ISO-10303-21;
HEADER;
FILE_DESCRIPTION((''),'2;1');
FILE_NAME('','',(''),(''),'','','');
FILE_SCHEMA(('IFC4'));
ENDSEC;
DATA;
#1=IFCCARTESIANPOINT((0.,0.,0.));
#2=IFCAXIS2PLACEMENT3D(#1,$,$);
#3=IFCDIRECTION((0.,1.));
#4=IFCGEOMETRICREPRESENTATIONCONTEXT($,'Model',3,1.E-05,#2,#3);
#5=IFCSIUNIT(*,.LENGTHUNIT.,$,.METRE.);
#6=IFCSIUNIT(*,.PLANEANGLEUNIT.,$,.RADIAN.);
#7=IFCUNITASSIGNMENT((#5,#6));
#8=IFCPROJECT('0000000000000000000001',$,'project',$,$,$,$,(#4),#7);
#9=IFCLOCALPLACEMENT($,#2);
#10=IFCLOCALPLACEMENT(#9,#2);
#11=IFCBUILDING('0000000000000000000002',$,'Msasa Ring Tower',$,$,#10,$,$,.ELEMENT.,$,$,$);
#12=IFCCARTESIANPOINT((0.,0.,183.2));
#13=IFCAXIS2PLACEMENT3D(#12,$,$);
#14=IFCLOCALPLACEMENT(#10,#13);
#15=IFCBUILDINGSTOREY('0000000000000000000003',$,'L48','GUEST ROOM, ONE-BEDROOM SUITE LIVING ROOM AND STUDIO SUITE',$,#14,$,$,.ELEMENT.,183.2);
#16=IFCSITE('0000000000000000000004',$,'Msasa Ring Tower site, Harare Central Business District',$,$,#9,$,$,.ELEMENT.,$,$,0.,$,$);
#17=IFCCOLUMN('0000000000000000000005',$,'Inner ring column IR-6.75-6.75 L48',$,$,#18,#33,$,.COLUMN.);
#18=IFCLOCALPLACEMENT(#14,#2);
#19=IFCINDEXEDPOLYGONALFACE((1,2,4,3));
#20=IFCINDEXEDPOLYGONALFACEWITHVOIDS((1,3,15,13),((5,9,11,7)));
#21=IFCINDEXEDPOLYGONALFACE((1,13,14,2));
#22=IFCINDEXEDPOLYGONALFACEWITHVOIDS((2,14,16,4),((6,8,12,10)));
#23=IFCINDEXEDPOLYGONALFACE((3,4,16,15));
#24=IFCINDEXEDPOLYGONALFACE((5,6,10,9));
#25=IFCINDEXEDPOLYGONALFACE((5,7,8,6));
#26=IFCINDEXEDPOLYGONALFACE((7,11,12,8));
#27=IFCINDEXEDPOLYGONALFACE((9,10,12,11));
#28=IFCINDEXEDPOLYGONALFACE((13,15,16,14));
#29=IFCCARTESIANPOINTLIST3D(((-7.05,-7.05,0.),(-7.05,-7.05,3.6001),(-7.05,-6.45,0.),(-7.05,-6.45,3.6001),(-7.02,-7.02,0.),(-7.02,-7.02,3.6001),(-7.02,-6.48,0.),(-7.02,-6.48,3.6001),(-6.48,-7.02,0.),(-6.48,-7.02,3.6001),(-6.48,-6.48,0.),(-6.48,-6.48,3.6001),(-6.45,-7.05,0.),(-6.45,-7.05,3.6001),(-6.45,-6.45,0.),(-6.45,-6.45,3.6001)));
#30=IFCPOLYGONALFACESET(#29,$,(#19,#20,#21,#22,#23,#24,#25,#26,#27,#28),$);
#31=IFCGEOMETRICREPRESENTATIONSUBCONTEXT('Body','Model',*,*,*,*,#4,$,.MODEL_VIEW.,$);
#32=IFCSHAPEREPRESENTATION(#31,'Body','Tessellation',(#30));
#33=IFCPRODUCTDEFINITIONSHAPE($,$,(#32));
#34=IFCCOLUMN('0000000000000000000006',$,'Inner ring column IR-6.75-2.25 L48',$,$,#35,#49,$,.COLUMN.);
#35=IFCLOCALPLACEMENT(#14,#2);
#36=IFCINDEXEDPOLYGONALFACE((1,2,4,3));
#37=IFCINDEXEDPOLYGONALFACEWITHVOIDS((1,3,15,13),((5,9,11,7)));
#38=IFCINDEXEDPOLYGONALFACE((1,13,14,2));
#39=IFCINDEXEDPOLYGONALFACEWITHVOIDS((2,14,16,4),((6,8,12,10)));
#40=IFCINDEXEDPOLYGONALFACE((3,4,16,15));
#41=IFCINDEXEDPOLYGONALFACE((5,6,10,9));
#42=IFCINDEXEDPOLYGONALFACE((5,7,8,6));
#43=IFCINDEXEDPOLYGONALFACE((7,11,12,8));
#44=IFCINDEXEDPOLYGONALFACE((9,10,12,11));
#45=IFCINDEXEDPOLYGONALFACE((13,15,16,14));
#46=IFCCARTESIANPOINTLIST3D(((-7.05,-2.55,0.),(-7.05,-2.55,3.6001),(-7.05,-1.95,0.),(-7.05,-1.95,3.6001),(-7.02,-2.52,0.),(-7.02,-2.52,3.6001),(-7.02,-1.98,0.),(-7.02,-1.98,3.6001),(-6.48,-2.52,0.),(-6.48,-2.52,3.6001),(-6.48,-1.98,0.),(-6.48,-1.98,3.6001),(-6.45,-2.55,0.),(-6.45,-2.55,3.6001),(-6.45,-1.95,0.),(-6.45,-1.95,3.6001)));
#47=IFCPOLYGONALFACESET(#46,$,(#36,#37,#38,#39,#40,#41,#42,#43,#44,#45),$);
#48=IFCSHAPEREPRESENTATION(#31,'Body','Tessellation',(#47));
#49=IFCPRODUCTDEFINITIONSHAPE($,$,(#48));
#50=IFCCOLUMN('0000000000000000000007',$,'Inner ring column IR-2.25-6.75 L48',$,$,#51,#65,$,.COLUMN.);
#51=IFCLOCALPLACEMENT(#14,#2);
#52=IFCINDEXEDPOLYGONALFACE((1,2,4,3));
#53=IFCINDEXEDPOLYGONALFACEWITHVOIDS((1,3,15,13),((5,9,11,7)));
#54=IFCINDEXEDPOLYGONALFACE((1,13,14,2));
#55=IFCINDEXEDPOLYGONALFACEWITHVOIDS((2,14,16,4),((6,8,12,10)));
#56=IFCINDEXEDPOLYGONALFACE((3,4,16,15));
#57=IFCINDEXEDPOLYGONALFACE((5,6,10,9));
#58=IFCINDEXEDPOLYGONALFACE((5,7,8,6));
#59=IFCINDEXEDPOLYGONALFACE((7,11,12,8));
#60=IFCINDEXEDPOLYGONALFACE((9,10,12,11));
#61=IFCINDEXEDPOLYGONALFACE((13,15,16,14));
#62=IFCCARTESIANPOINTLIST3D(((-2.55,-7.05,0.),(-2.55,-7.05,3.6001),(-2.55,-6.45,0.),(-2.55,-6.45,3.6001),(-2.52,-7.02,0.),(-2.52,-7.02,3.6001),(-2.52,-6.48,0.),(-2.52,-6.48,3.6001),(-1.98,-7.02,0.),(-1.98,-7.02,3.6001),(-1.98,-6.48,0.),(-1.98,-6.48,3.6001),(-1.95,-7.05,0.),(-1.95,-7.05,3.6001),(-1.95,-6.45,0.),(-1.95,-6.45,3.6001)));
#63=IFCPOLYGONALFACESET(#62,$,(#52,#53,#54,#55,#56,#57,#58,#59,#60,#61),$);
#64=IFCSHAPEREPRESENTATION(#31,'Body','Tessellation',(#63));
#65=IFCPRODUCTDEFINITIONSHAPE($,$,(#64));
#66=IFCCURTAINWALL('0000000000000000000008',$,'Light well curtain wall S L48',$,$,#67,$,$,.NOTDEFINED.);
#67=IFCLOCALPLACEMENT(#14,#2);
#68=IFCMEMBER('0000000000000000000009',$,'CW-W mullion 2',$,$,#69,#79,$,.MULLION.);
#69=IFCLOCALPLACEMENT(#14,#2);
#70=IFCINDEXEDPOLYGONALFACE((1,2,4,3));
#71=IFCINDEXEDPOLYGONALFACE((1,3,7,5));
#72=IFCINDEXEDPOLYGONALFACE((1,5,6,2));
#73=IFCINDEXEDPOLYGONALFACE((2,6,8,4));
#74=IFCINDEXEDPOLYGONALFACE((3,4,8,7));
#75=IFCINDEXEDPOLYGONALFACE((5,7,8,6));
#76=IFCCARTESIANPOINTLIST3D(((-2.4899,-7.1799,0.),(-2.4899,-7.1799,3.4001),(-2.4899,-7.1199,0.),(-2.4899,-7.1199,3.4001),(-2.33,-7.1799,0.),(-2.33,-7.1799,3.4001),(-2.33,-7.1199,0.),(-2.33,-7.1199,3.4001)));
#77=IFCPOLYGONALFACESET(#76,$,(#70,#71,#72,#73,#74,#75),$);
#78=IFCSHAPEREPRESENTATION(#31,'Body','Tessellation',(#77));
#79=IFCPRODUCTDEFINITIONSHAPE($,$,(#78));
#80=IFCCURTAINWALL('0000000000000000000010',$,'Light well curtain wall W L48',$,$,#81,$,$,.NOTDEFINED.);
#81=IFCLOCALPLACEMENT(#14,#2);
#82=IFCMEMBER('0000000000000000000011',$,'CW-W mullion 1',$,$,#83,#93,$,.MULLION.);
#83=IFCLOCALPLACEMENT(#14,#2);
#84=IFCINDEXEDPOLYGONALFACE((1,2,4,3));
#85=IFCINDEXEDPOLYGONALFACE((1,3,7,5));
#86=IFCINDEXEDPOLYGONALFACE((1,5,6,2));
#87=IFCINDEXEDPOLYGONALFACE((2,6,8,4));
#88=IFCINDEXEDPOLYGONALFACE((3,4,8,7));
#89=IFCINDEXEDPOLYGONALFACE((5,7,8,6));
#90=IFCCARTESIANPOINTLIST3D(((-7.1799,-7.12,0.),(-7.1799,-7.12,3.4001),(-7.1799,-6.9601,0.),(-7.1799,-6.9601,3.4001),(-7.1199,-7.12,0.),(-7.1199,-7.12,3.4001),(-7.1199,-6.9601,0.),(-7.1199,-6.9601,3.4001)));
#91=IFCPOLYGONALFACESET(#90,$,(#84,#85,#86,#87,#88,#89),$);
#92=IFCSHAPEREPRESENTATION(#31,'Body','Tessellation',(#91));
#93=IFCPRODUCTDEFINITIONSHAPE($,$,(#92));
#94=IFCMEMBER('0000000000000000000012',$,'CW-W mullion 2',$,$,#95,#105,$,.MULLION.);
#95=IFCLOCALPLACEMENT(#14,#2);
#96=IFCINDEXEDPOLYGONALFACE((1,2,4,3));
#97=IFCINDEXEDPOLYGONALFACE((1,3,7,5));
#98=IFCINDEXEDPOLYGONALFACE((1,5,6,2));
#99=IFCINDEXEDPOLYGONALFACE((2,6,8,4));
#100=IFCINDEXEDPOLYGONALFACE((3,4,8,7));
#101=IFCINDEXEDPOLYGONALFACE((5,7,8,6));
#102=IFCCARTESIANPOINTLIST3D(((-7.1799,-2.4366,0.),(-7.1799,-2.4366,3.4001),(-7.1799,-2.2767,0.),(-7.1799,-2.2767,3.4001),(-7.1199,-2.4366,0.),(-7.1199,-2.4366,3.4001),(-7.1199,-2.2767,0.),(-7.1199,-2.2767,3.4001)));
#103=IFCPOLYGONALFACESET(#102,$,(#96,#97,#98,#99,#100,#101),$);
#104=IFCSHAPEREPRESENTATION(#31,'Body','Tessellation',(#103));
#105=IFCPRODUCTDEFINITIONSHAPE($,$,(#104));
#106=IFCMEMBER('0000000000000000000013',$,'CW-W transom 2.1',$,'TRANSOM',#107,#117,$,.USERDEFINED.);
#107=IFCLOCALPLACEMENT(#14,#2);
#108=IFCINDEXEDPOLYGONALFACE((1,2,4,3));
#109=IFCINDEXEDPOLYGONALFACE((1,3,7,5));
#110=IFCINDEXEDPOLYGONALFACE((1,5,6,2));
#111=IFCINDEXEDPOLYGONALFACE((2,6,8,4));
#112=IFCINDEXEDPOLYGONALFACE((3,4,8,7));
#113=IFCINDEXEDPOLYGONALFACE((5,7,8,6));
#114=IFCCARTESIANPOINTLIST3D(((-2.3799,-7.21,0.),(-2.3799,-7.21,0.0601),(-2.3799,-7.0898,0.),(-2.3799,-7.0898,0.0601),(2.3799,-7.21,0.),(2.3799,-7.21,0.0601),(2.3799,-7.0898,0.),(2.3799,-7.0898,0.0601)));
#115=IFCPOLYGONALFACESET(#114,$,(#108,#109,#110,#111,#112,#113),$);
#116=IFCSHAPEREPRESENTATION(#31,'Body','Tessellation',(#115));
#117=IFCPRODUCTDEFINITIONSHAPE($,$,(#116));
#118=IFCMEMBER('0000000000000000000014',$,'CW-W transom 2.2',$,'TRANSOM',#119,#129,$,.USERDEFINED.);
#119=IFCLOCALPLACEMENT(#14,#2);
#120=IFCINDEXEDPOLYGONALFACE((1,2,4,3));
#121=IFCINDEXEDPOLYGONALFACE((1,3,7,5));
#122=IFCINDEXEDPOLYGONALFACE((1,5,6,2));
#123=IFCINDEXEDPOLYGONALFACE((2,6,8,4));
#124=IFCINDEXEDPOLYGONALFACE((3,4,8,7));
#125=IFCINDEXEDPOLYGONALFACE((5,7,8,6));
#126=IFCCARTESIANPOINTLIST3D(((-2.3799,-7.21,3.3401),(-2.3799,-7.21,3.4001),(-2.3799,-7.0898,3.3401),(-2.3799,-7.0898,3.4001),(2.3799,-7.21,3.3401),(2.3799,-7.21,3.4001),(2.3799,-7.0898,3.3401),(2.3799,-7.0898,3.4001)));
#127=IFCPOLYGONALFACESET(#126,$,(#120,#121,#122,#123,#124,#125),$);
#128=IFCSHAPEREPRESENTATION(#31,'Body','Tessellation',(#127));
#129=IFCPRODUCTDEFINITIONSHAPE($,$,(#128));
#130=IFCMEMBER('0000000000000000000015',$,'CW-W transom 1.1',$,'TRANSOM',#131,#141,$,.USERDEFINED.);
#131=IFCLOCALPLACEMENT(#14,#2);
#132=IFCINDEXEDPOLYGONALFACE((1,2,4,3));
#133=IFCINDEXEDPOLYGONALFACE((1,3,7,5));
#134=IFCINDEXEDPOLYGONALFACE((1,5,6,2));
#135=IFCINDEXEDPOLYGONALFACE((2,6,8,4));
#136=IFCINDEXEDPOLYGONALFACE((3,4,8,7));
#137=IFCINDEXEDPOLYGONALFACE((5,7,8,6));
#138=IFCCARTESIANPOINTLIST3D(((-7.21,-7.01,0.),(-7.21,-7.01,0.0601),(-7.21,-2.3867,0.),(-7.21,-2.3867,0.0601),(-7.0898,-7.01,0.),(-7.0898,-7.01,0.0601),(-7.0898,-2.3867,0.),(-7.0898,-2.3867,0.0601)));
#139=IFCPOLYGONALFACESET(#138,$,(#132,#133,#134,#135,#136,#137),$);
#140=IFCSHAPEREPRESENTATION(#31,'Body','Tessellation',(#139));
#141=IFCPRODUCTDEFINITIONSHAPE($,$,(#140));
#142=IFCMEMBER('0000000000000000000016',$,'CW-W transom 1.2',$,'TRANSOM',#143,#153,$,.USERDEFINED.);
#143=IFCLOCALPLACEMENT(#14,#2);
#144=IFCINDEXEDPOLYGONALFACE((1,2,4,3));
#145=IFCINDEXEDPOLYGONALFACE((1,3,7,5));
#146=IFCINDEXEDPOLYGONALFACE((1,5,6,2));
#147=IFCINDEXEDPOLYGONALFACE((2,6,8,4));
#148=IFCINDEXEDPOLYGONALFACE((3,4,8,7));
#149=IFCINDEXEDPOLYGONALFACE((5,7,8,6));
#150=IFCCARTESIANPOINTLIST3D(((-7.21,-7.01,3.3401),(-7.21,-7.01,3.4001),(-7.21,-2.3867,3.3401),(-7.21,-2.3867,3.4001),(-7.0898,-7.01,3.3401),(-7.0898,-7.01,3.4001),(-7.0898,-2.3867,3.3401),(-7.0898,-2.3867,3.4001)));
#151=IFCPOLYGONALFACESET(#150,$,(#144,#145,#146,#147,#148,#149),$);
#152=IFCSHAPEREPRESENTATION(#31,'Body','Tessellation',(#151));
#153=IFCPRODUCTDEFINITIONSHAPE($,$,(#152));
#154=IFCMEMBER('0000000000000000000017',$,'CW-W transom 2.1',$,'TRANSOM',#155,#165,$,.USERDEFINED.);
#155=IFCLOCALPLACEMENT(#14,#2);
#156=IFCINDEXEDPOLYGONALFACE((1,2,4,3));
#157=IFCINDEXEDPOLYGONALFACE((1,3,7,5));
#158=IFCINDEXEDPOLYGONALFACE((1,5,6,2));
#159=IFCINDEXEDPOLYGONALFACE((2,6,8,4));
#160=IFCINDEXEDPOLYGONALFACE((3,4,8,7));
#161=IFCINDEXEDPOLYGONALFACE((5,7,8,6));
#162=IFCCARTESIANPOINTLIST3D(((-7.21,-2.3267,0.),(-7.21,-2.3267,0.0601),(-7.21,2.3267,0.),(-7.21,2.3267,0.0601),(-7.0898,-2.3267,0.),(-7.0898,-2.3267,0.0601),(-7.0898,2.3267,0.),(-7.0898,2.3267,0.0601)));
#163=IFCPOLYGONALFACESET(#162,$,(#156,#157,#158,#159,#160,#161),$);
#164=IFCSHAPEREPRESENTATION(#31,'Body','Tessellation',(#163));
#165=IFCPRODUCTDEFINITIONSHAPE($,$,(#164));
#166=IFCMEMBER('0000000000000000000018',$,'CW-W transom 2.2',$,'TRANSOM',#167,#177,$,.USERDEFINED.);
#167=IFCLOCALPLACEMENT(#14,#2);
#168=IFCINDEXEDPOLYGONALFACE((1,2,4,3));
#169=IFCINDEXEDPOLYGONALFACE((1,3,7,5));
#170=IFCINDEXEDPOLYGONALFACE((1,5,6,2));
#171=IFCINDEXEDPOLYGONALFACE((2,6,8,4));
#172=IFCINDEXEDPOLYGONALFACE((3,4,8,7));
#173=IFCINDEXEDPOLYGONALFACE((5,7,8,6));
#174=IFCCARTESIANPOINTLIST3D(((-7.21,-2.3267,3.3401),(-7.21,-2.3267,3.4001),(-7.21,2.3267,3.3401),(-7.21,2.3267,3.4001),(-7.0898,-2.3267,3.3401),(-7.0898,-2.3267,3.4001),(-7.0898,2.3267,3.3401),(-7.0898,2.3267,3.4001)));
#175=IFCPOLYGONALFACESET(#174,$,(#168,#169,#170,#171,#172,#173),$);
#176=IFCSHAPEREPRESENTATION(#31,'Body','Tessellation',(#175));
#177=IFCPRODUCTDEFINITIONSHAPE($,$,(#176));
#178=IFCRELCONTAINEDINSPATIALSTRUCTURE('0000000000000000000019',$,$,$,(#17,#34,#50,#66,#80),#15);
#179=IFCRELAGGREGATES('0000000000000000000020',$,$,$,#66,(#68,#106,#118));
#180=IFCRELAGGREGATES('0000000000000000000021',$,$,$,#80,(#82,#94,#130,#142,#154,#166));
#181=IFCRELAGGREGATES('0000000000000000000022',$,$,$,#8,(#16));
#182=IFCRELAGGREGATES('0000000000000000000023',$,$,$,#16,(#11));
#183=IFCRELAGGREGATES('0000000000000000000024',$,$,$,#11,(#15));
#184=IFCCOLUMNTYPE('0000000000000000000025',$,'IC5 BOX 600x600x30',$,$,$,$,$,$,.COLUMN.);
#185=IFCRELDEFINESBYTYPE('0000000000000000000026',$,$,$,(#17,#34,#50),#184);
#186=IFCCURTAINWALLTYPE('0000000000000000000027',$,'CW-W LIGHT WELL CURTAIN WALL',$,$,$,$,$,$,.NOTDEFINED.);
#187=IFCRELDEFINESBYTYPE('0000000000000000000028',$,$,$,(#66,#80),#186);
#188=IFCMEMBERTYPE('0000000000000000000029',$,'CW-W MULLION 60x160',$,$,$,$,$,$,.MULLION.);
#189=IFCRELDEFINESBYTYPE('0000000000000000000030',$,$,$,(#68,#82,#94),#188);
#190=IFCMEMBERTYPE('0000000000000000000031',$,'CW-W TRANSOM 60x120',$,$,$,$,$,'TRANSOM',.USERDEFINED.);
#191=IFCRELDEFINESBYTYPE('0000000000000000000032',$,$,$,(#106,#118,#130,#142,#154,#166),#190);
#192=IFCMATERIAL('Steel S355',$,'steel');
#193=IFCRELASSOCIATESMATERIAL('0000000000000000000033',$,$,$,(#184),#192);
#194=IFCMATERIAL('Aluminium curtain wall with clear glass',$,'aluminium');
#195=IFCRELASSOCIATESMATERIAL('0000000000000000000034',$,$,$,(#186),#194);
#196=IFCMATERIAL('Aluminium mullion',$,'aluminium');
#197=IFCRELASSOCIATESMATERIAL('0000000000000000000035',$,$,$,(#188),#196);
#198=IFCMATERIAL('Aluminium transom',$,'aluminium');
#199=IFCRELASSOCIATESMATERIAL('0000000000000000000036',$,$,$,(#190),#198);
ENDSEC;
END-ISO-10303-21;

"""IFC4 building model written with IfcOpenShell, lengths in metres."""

from ifc_helpers import new_model, si_unit, direction, frame, origin, origin_2d, place, context, subcontext, project, spatial, rectangle, hollow_rectangle, extrude, material, material_profile, profile_set, type_object, element, aggregate, save


model = new_model("IFC4")

# Units and contexts
model_context = context("Model", 3, precision=1e-05, world=origin(), true_north=direction((0.0, 1.0)))
body_context = subcontext(model_context, "Body", "Model", "MODEL_VIEW")
ifc_project = project(units=[si_unit("LENGTHUNIT", "METRE"), si_unit("PLANEANGLEUNIT", "RADIAN")], contexts=[model_context])

# Site, building, storey
site_placement = place(None, origin())
site = spatial("IfcSite", under=ifc_project, at=site_placement, Name="Msasa Ring Tower site, Harare Central Business District", CompositionType="ELEMENT", RefElevation=0.0)
building_placement = place(site_placement, origin())
building = spatial("IfcBuilding", under=site, at=building_placement, Name="Msasa Ring Tower", CompositionType="ELEMENT")
storey_placement = place(building_placement, frame((0.0, 0.0, 183.2)))
storey = spatial("IfcBuildingStorey", under=building, at=storey_placement, Name="L48", Description="GUEST ROOM, ONE-BEDROOM SUITE LIVING ROOM AND STUDIO SUITE", CompositionType="ELEMENT", Elevation=183.2)

# Columns
ifc_material_1 = material(Name="Steel S355", Category="steel")
ifc_material_profile_1 = material_profile(ifc_material_1, hollow_rectangle(XDim=0.6001, YDim=0.6001, WallThickness=0.03, at=origin_2d()), Name="BOX 600x600x30")
ifc_profile_set_1 = profile_set([ifc_material_profile_1], Name="Steel S355")
column_type = type_object("IfcColumnType", Name="IC5 BOX 600x600x30", PredefinedType="COLUMN", material=ifc_profile_set_1)
for number, where, z_axis, x_axis, name in (
    (1, (-6.75, -6.75, 0.0), (0.0, 0.0, 1.0), (1.0, 0.0, 0.0), "Inner ring column IR-6.75-6.75 L48"),
    (2, (-6.75, -2.25, 0.0), (0.0, 0.0, 1.0), (1.0, 0.0, 0.0), "Inner ring column IR-6.75-2.25 L48"),
    (3, (-2.25, -6.75, 0.0), (0.0, 0.0, 1.0), (1.0, 0.0, 0.0), "Inner ring column IR-2.25-6.75 L48"),
):
    element("IfcColumn", number, at=place(storey_placement, frame(where, z_axis=z_axis, x_axis=x_axis)), inside=storey, type_object=column_type, Name=name, PredefinedType="COLUMN", context=body_context, shape_type="SweptSolid", body=[
        extrude(hollow_rectangle(XDim=0.6001, YDim=0.6001, WallThickness=0.03, at=origin_2d()), origin(), (0.0, 0.0, 1.0), 3.6001),
    ])

# Curtain wall, member
ifc_material_2 = material(Name="Aluminium curtain wall with clear glass", Category="aluminium")
curtain_wall_type = type_object("IfcCurtainWallType", Name="CW-W LIGHT WELL CURTAIN WALL", PredefinedType="NOTDEFINED", material=ifc_material_2)
curtain_wall_1_placement = place(storey_placement, origin())
curtain_wall_1 = element("IfcCurtainWall", 4, at=curtain_wall_1_placement, inside=storey, type_object=curtain_wall_type, Name="Light well curtain wall S L48", PredefinedType="NOTDEFINED")
ifc_material_3 = material(Name="Aluminium mullion", Category="aluminium")
ifc_material_profile_2 = material_profile(ifc_material_3, rectangle(XDim=0.0601, YDim=0.1599, at=origin_2d()), Name="AL 60x160")
ifc_profile_set_2 = profile_set([ifc_material_profile_2], Name="Aluminium mullion")
member_type_1 = type_object("IfcMemberType", Name="CW-W MULLION 60x160", PredefinedType="MULLION", material=ifc_profile_set_2)
member_1_placement = place(storey_placement, frame((-2.4099, -7.1499, 0.0), z_axis=(0.0, 0.0, 1.0), x_axis=(0.0, 1.0, 0.0)))
member_1 = element("IfcMember", 5, at=member_1_placement, type_object=member_type_1, Name="CW-W mullion 2", PredefinedType="MULLION", context=body_context, shape_type="SweptSolid", body=[
    extrude(rectangle(XDim=0.0601, YDim=0.1599, at=origin_2d()), origin(), (0.0, 0.0, 1.0), 3.4001),
])

# Curtain wall, members
curtain_wall_2_placement = place(storey_placement, origin())
curtain_wall_2 = element("IfcCurtainWall", 6, at=curtain_wall_2_placement, inside=storey, type_object=curtain_wall_type, Name="Light well curtain wall W L48", PredefinedType="NOTDEFINED")
member_2_placement = place(storey_placement, frame((-7.1499, -7.04, 0.0), z_axis=(0.0, 0.0, 1.0), x_axis=(-1.0, 0.0, 0.0)))
member_2 = element("IfcMember", 7, at=member_2_placement, type_object=member_type_1, Name="CW-W mullion 1", PredefinedType="MULLION", context=body_context, shape_type="SweptSolid", body=[
    extrude(rectangle(XDim=0.0601, YDim=0.1599, at=origin_2d()), origin(), (0.0, 0.0, 1.0), 3.4001),
])
member_3_placement = place(storey_placement, frame((-7.1499, -2.3567, 0.0), z_axis=(0.0, 0.0, 1.0), x_axis=(-1.0, 0.0, 0.0)))
member_3 = element("IfcMember", 8, at=member_3_placement, type_object=member_type_1, Name="CW-W mullion 2", PredefinedType="MULLION", context=body_context, shape_type="SweptSolid", body=[
    extrude(rectangle(XDim=0.0601, YDim=0.1599, at=origin_2d()), origin(), (0.0, 0.0, 1.0), 3.4001),
])

# Members
ifc_material_4 = material(Name="Aluminium transom", Category="aluminium")
ifc_material_profile_3 = material_profile(ifc_material_4, rectangle(XDim=0.1201, YDim=0.0601, at=origin_2d()), Name="AL 60x120")
ifc_profile_set_3 = profile_set([ifc_material_profile_3], Name="Aluminium transom")
member_type_2 = type_object("IfcMemberType", Name="CW-W TRANSOM 60x120", ElementType="TRANSOM", PredefinedType="USERDEFINED", material=ifc_profile_set_3)
member_4_placement = place(storey_placement, frame((-2.3799, -7.1499, 0.03), z_axis=(1.0, 0.0, 0.0), x_axis=(0.0, 1.0, 0.0)))
member_4 = element("IfcMember", 9, at=member_4_placement, type_object=member_type_2, Name="CW-W transom 2.1", ObjectType="TRANSOM", PredefinedType="USERDEFINED", context=body_context, shape_type="SweptSolid", body=[
    extrude(rectangle(XDim=0.1201, YDim=0.0601, at=origin_2d()), origin(), (0.0, 0.0, 1.0), 4.7598),
])
member_5_placement = place(storey_placement, frame((-2.3799, -7.1499, 3.3701), z_axis=(1.0, 0.0, 0.0), x_axis=(0.0, 1.0, 0.0)))
member_5 = element("IfcMember", 10, at=member_5_placement, type_object=member_type_2, Name="CW-W transom 2.2", ObjectType="TRANSOM", PredefinedType="USERDEFINED", context=body_context, shape_type="SweptSolid", body=[
    extrude(rectangle(XDim=0.1201, YDim=0.0601, at=origin_2d()), origin(), (0.0, 0.0, 1.0), 4.7598),
])
member_6_placement = place(storey_placement, frame((-7.1499, -7.01, 0.03), z_axis=(0.0, 1.0, 0.0), x_axis=(-1.0, 0.0, 0.0)))
member_6 = element("IfcMember", 11, at=member_6_placement, type_object=member_type_2, Name="CW-W transom 1.1", ObjectType="TRANSOM", PredefinedType="USERDEFINED", context=body_context, shape_type="SweptSolid", body=[
    extrude(rectangle(XDim=0.1201, YDim=0.0601, at=origin_2d()), origin(), (0.0, 0.0, 1.0), 4.6233),
])
member_7_placement = place(storey_placement, frame((-7.1499, -7.01, 3.3701), z_axis=(0.0, 1.0, 0.0), x_axis=(-1.0, 0.0, 0.0)))
member_7 = element("IfcMember", 12, at=member_7_placement, type_object=member_type_2, Name="CW-W transom 1.2", ObjectType="TRANSOM", PredefinedType="USERDEFINED", context=body_context, shape_type="SweptSolid", body=[
    extrude(rectangle(XDim=0.1201, YDim=0.0601, at=origin_2d()), origin(), (0.0, 0.0, 1.0), 4.6233),
])
member_8_placement = place(storey_placement, frame((-7.1499, -2.3267, 0.03), z_axis=(0.0, 1.0, 0.0), x_axis=(-1.0, 0.0, 0.0)))
member_8 = element("IfcMember", 13, at=member_8_placement, type_object=member_type_2, Name="CW-W transom 2.1", ObjectType="TRANSOM", PredefinedType="USERDEFINED", context=body_context, shape_type="SweptSolid", body=[
    extrude(rectangle(XDim=0.1201, YDim=0.0601, at=origin_2d()), origin(), (0.0, 0.0, 1.0), 4.6533),
])
member_9_placement = place(storey_placement, frame((-7.1499, -2.3267, 3.3701), z_axis=(0.0, 1.0, 0.0), x_axis=(-1.0, 0.0, 0.0)))
member_9 = element("IfcMember", 14, at=member_9_placement, type_object=member_type_2, Name="CW-W transom 2.2", ObjectType="TRANSOM", PredefinedType="USERDEFINED", context=body_context, shape_type="SweptSolid", body=[
    extrude(rectangle(XDim=0.1201, YDim=0.0601, at=origin_2d()), origin(), (0.0, 0.0, 1.0), 4.6533),
])

aggregate(curtain_wall_1, [member_1, member_4, member_5])
aggregate(curtain_wall_2, [member_2, member_3, member_6, member_7, member_8, member_9])

save(model, "model.ifc")
